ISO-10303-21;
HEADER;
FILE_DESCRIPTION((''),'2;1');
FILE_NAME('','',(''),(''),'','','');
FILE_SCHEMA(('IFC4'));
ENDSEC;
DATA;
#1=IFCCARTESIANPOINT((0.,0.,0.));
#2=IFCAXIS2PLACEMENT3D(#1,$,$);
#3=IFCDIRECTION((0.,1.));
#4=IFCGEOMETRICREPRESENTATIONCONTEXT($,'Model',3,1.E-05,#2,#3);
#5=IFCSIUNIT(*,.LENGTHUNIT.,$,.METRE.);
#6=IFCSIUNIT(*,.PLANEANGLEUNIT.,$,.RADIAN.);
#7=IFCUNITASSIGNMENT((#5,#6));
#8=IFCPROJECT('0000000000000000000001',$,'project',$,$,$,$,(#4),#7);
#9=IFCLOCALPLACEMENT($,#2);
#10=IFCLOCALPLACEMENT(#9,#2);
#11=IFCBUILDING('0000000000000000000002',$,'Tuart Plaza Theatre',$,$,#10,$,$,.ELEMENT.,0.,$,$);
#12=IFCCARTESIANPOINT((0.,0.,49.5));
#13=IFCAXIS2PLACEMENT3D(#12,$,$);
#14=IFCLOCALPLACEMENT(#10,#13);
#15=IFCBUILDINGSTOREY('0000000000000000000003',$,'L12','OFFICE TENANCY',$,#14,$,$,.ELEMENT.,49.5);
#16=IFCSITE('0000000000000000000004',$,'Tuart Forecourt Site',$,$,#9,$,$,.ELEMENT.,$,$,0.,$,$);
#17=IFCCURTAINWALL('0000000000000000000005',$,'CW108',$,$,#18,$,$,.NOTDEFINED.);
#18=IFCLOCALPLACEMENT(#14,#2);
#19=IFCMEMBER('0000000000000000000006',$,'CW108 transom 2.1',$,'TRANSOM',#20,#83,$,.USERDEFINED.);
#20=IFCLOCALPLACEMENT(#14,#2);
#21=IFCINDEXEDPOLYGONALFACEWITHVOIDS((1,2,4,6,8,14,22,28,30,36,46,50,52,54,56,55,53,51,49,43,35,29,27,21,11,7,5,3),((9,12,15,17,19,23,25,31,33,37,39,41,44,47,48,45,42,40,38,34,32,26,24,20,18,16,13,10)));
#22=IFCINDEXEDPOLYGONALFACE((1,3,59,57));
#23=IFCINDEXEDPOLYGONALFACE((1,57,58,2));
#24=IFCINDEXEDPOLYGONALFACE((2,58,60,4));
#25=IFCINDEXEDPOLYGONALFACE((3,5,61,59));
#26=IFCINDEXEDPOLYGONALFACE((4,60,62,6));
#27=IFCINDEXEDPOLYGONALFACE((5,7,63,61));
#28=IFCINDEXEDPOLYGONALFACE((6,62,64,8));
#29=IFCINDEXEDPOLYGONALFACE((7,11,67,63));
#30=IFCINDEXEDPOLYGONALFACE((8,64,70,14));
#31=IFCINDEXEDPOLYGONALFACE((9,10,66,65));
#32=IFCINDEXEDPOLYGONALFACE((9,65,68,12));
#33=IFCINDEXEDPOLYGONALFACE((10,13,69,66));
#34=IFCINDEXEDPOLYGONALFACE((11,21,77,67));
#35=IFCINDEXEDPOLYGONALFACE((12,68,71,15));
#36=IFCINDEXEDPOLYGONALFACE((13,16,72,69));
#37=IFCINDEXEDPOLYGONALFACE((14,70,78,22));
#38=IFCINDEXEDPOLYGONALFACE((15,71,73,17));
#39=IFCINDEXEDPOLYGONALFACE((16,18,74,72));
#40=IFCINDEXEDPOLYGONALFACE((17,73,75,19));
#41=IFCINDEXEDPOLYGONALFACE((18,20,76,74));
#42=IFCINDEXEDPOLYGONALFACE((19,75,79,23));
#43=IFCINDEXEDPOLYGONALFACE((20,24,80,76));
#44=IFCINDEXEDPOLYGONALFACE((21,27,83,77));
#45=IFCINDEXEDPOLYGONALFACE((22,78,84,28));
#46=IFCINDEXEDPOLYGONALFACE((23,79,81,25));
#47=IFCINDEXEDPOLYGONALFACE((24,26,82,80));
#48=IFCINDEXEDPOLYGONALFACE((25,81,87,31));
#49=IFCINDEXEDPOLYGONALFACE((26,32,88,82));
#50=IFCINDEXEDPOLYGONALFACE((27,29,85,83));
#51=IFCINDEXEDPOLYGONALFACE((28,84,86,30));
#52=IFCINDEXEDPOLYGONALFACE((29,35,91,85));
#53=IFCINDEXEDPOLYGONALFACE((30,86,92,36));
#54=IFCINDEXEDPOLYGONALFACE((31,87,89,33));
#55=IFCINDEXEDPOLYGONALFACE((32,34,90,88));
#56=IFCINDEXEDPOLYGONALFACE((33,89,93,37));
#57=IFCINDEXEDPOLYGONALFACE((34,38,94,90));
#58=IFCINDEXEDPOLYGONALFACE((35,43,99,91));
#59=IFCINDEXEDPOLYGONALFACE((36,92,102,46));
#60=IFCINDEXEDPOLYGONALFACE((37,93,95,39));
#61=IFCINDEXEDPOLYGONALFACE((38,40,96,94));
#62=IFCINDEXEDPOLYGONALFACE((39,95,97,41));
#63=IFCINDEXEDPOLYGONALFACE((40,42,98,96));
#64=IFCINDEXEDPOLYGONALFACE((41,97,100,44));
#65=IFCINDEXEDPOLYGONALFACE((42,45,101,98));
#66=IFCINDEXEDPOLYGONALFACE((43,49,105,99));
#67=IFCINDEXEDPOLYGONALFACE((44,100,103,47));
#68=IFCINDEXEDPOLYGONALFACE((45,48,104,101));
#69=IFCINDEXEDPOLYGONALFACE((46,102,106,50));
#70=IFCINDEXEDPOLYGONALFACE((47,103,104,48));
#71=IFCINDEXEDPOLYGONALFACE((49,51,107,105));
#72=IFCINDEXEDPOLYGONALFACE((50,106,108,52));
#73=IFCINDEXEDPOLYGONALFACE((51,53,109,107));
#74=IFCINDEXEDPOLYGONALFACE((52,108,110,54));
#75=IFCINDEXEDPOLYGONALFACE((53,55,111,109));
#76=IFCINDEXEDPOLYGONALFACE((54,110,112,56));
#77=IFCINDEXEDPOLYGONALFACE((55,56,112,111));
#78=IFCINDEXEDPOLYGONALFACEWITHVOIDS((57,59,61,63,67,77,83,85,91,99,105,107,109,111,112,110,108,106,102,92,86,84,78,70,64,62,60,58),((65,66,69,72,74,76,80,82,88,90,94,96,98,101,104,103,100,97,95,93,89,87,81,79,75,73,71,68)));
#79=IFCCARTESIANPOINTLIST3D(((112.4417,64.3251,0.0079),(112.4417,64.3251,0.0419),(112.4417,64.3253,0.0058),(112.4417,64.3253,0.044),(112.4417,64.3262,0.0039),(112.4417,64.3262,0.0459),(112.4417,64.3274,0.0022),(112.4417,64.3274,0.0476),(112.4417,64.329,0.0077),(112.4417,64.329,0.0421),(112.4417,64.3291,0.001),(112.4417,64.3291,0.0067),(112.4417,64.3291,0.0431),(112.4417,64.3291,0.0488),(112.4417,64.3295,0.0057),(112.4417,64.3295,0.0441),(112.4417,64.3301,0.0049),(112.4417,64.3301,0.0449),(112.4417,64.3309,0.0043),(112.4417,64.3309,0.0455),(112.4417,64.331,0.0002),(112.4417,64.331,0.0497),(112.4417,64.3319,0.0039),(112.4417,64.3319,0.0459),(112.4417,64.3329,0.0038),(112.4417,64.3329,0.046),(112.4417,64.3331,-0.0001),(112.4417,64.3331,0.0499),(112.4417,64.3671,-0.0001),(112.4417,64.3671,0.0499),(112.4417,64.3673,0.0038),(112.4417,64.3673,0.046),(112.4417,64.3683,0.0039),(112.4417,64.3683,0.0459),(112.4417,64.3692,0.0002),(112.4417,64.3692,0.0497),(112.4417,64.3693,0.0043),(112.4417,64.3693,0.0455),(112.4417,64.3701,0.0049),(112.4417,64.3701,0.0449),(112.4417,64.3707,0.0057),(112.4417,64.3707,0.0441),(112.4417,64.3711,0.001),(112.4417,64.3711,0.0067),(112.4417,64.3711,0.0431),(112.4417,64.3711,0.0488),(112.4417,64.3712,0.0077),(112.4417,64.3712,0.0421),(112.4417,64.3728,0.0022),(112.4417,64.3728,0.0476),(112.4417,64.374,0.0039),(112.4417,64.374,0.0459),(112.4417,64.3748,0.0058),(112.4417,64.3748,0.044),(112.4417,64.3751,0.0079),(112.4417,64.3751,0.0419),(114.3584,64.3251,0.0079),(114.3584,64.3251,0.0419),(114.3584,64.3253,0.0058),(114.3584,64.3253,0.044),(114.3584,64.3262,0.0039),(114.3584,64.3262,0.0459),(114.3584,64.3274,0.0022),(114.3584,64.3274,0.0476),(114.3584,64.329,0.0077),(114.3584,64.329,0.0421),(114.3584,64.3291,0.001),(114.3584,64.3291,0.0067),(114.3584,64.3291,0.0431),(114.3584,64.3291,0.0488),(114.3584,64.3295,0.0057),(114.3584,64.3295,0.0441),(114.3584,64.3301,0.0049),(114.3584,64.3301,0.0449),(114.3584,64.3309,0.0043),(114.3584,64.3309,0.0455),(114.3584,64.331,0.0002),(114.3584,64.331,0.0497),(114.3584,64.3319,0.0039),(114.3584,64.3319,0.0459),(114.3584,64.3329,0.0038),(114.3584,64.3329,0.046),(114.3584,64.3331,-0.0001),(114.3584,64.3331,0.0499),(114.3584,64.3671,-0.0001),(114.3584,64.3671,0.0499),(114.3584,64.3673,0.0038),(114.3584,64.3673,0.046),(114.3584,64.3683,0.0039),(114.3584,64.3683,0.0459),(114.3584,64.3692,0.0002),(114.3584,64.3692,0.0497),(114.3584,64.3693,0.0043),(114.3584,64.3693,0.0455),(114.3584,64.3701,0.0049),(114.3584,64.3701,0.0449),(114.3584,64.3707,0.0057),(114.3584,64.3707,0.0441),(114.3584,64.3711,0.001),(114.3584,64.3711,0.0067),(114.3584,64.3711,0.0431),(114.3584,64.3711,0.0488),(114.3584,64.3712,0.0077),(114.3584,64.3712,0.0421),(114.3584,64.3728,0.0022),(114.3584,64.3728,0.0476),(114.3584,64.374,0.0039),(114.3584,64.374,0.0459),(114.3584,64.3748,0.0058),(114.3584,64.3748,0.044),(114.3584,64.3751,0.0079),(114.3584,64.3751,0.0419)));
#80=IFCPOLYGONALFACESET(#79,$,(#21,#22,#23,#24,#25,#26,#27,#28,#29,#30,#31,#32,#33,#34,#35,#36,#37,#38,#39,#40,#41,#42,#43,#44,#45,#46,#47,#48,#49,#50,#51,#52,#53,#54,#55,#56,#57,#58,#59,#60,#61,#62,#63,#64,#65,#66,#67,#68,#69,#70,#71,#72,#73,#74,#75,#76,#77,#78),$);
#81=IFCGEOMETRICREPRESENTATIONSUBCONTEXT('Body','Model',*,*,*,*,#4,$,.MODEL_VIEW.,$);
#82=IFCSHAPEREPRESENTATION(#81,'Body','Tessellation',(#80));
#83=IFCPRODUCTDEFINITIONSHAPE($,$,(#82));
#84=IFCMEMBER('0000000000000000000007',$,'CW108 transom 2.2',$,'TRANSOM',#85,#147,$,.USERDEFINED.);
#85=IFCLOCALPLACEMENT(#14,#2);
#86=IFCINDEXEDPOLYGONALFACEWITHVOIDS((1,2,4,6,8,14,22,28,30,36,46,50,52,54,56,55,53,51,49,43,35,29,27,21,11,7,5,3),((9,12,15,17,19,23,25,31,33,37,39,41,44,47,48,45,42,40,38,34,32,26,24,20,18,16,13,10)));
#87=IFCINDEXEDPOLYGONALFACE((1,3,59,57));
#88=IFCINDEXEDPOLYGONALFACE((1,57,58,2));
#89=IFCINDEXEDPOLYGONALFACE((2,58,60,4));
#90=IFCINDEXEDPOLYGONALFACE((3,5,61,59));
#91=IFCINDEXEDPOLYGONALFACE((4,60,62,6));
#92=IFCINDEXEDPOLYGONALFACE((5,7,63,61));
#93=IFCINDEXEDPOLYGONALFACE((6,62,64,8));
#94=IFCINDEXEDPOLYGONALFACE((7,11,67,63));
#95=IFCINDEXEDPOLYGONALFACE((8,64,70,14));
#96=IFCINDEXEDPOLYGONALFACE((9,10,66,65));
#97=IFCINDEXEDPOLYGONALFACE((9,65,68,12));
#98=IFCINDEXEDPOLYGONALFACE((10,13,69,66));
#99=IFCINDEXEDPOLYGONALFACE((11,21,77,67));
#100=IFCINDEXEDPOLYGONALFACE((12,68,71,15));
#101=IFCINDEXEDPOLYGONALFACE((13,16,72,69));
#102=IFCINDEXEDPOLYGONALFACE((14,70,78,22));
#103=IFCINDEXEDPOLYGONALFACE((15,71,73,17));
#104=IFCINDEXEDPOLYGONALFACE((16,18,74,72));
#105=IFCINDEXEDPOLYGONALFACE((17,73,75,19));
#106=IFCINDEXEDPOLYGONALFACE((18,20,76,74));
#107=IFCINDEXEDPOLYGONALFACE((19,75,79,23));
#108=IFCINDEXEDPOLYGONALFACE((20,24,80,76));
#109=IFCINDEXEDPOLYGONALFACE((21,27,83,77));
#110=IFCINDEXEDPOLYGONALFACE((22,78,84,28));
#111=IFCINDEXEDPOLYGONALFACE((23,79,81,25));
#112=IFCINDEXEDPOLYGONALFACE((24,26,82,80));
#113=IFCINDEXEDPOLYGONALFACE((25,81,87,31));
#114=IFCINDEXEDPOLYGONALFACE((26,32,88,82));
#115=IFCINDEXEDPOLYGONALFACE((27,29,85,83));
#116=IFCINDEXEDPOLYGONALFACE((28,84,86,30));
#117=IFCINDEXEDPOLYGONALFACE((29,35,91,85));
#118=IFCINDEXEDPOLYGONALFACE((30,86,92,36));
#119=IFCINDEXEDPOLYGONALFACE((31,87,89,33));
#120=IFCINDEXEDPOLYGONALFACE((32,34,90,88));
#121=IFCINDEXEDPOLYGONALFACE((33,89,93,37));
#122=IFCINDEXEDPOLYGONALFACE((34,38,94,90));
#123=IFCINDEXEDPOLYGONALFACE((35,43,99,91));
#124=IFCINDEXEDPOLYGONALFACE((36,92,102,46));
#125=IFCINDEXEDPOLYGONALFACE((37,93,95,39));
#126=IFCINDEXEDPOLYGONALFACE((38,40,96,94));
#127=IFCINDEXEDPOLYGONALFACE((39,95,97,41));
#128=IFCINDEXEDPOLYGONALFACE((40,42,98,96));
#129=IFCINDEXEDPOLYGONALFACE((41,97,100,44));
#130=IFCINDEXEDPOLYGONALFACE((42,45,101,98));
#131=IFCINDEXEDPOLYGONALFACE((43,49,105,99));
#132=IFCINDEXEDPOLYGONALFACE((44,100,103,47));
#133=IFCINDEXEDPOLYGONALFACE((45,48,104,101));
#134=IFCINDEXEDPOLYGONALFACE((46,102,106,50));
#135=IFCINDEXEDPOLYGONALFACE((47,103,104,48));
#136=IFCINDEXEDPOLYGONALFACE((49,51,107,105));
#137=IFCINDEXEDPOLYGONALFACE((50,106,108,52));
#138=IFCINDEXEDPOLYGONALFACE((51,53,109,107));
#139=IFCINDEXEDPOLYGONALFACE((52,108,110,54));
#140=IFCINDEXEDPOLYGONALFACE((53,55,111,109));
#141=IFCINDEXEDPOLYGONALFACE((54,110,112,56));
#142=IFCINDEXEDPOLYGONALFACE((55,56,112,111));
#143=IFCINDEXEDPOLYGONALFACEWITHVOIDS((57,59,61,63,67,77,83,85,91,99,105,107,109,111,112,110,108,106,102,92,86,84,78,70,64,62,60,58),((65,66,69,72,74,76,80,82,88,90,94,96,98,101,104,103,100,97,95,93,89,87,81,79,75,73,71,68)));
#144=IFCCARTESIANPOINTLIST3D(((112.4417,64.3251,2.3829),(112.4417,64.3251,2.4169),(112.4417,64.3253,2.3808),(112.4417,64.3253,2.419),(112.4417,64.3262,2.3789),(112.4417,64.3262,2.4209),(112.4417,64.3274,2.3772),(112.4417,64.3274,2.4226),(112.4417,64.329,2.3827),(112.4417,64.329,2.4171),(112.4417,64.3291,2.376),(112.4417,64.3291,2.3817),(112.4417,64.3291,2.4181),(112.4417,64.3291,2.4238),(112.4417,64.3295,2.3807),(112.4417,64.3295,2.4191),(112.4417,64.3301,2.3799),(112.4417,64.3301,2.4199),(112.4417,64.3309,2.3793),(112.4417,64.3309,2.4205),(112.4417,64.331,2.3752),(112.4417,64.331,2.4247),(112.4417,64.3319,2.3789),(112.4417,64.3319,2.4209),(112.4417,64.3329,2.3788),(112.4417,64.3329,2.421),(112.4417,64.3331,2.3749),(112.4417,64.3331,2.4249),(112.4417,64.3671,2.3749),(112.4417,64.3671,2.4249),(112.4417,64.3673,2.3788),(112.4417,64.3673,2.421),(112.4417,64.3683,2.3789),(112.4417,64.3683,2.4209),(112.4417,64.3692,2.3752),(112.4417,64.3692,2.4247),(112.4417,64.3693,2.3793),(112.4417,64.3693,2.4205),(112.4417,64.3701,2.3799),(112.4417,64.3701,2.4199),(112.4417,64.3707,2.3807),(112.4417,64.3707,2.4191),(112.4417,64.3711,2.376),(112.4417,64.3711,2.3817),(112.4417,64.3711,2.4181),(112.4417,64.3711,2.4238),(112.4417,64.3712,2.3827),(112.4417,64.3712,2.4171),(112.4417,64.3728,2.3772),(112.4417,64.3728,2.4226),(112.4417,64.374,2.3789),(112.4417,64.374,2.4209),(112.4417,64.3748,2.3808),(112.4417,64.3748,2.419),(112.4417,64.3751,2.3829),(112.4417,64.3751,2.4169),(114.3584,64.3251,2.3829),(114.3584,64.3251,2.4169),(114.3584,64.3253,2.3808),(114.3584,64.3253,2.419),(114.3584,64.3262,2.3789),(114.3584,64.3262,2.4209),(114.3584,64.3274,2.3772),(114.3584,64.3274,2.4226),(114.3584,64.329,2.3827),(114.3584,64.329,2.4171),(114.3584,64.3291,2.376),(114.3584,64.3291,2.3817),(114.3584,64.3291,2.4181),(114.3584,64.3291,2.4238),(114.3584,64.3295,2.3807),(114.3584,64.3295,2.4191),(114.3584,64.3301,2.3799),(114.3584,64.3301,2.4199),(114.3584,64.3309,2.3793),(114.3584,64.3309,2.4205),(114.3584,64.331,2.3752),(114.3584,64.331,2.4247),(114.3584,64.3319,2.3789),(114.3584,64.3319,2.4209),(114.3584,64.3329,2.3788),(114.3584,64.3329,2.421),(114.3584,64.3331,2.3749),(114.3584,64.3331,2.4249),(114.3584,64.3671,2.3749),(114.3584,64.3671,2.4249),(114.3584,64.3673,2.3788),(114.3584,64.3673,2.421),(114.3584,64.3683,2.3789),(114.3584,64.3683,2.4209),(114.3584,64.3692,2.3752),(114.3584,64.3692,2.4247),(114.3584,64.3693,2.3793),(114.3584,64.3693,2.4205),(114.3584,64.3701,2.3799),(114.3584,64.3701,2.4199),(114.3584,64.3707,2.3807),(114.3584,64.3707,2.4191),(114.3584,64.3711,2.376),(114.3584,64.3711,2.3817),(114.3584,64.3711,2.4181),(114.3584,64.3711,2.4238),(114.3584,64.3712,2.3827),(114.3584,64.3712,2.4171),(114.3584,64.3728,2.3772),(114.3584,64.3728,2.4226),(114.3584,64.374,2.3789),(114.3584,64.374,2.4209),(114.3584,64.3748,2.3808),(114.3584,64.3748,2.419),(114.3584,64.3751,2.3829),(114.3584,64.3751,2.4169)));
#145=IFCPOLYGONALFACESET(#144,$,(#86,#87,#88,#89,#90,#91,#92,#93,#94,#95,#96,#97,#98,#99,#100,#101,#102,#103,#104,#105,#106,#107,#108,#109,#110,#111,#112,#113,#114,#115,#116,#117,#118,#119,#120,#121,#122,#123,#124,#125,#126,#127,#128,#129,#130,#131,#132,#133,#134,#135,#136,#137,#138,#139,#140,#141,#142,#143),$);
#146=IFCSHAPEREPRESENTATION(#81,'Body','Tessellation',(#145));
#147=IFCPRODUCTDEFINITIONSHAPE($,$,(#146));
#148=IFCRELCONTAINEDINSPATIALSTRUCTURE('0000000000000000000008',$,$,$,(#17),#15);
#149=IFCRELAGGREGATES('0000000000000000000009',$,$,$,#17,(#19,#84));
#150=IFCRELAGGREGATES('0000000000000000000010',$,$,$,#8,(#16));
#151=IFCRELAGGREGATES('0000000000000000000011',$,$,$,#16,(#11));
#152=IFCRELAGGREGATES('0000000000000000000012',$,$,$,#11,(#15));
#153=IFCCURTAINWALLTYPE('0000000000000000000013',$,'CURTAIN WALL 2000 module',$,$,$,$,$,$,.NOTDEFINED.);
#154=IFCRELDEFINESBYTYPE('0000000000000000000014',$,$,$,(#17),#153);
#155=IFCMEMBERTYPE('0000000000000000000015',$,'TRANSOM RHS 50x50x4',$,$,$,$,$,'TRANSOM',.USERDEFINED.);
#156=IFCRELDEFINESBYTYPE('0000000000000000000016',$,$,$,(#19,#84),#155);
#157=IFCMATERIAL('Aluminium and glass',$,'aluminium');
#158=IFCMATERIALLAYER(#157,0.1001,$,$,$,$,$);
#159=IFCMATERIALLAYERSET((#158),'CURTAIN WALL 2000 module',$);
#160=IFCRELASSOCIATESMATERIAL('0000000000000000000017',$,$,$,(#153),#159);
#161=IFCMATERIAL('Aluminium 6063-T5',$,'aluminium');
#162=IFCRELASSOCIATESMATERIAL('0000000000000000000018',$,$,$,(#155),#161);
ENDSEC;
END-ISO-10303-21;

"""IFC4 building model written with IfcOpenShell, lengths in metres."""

from ifc_helpers import new_model, si_unit, direction, frame, origin, origin_2d, place, context, subcontext, project, spatial, hollow_rectangle, extrude, material, layer, layer_set, material_profile, profile_set, type_object, element, aggregate, save


model = new_model("IFC4")

# Units and contexts
model_context = context("Model", 3, precision=1e-05, world=origin(), true_north=direction((0.0, 1.0)))
body_context = subcontext(model_context, "Body", "Model", "MODEL_VIEW")
ifc_project = project(units=[si_unit("LENGTHUNIT", "METRE"), si_unit("PLANEANGLEUNIT", "RADIAN")], contexts=[model_context])

# Site, building, storey
site_placement = place(None, origin())
site = spatial("IfcSite", under=ifc_project, at=site_placement, Name="Tuart Forecourt Site", CompositionType="ELEMENT", RefElevation=0.0)
building_placement = place(site_placement, origin())
building = spatial("IfcBuilding", under=site, at=building_placement, Name="Tuart Plaza Theatre", CompositionType="ELEMENT", ElevationOfRefHeight=0.0)
storey_placement = place(building_placement, frame((0.0, 0.0, 49.5)))
storey = spatial("IfcBuildingStorey", under=building, at=storey_placement, Name="L12", Description="OFFICE TENANCY", CompositionType="ELEMENT", Elevation=49.5)

# Curtain wall
ifc_material_1 = material(Name="Aluminium and glass", Category="aluminium")
ifc_layer_1 = layer(ifc_material_1, 0.1001)
ifc_layer_set_1 = layer_set([ifc_layer_1], Name="CURTAIN WALL 2000 module")
curtain_wall_type = type_object("IfcCurtainWallType", Name="CURTAIN WALL 2000 module", PredefinedType="NOTDEFINED", material=ifc_layer_set_1)
curtain_wall_1_placement = place(storey_placement, origin())
curtain_wall_1 = element("IfcCurtainWall", 1, at=curtain_wall_1_placement, inside=storey, type_object=curtain_wall_type, Name="CW108", PredefinedType="NOTDEFINED")
ifc_material_2 = material(Name="Aluminium 6063-T5", Category="aluminium")
ifc_material_profile_1 = material_profile(ifc_material_2, hollow_rectangle(XDim=0.05, YDim=0.05, WallThickness=0.0039, InnerFilletRadius=0.0039, OuterFilletRadius=0.0081, at=origin_2d()), Name="RHS 50x50x4")
ifc_profile_set_1 = profile_set([ifc_material_profile_1], Name="Aluminium 6063-T5")
member_type_1 = type_object("IfcMemberType", Name="TRANSOM RHS 50x50x4", ElementType="TRANSOM", PredefinedType="USERDEFINED", material=ifc_profile_set_1)

# Members
member_1_placement = place(storey_placement, frame((112.4417, 64.3501, 0.0249), z_axis=(1.0, 0.0, 0.0), x_axis=(0.0, 1.0, 0.0)))
member_1 = element("IfcMember", 2, at=member_1_placement, type_object=member_type_1, Name="CW108 transom 2.1", ObjectType="TRANSOM", PredefinedType="USERDEFINED", context=body_context, shape_type="SweptSolid", body=[
    extrude(hollow_rectangle(XDim=0.05, YDim=0.05, WallThickness=0.0039, InnerFilletRadius=0.0039, OuterFilletRadius=0.0081, at=origin_2d()), origin(), (0.0, 0.0, 1.0), 1.9167),
])
member_2_placement = place(storey_placement, frame((112.4417, 64.3501, 2.3999), z_axis=(1.0, 0.0, 0.0), x_axis=(0.0, 1.0, 0.0)))
member_2 = element("IfcMember", 3, at=member_2_placement, type_object=member_type_1, Name="CW108 transom 2.2", ObjectType="TRANSOM", PredefinedType="USERDEFINED", context=body_context, shape_type="SweptSolid", body=[
    extrude(hollow_rectangle(XDim=0.05, YDim=0.05, WallThickness=0.0039, InnerFilletRadius=0.0039, OuterFilletRadius=0.0081, at=origin_2d()), origin(), (0.0, 0.0, 1.0), 1.9167),
])

aggregate(curtain_wall_1, [member_1, member_2])

save(model, "model.ifc")
